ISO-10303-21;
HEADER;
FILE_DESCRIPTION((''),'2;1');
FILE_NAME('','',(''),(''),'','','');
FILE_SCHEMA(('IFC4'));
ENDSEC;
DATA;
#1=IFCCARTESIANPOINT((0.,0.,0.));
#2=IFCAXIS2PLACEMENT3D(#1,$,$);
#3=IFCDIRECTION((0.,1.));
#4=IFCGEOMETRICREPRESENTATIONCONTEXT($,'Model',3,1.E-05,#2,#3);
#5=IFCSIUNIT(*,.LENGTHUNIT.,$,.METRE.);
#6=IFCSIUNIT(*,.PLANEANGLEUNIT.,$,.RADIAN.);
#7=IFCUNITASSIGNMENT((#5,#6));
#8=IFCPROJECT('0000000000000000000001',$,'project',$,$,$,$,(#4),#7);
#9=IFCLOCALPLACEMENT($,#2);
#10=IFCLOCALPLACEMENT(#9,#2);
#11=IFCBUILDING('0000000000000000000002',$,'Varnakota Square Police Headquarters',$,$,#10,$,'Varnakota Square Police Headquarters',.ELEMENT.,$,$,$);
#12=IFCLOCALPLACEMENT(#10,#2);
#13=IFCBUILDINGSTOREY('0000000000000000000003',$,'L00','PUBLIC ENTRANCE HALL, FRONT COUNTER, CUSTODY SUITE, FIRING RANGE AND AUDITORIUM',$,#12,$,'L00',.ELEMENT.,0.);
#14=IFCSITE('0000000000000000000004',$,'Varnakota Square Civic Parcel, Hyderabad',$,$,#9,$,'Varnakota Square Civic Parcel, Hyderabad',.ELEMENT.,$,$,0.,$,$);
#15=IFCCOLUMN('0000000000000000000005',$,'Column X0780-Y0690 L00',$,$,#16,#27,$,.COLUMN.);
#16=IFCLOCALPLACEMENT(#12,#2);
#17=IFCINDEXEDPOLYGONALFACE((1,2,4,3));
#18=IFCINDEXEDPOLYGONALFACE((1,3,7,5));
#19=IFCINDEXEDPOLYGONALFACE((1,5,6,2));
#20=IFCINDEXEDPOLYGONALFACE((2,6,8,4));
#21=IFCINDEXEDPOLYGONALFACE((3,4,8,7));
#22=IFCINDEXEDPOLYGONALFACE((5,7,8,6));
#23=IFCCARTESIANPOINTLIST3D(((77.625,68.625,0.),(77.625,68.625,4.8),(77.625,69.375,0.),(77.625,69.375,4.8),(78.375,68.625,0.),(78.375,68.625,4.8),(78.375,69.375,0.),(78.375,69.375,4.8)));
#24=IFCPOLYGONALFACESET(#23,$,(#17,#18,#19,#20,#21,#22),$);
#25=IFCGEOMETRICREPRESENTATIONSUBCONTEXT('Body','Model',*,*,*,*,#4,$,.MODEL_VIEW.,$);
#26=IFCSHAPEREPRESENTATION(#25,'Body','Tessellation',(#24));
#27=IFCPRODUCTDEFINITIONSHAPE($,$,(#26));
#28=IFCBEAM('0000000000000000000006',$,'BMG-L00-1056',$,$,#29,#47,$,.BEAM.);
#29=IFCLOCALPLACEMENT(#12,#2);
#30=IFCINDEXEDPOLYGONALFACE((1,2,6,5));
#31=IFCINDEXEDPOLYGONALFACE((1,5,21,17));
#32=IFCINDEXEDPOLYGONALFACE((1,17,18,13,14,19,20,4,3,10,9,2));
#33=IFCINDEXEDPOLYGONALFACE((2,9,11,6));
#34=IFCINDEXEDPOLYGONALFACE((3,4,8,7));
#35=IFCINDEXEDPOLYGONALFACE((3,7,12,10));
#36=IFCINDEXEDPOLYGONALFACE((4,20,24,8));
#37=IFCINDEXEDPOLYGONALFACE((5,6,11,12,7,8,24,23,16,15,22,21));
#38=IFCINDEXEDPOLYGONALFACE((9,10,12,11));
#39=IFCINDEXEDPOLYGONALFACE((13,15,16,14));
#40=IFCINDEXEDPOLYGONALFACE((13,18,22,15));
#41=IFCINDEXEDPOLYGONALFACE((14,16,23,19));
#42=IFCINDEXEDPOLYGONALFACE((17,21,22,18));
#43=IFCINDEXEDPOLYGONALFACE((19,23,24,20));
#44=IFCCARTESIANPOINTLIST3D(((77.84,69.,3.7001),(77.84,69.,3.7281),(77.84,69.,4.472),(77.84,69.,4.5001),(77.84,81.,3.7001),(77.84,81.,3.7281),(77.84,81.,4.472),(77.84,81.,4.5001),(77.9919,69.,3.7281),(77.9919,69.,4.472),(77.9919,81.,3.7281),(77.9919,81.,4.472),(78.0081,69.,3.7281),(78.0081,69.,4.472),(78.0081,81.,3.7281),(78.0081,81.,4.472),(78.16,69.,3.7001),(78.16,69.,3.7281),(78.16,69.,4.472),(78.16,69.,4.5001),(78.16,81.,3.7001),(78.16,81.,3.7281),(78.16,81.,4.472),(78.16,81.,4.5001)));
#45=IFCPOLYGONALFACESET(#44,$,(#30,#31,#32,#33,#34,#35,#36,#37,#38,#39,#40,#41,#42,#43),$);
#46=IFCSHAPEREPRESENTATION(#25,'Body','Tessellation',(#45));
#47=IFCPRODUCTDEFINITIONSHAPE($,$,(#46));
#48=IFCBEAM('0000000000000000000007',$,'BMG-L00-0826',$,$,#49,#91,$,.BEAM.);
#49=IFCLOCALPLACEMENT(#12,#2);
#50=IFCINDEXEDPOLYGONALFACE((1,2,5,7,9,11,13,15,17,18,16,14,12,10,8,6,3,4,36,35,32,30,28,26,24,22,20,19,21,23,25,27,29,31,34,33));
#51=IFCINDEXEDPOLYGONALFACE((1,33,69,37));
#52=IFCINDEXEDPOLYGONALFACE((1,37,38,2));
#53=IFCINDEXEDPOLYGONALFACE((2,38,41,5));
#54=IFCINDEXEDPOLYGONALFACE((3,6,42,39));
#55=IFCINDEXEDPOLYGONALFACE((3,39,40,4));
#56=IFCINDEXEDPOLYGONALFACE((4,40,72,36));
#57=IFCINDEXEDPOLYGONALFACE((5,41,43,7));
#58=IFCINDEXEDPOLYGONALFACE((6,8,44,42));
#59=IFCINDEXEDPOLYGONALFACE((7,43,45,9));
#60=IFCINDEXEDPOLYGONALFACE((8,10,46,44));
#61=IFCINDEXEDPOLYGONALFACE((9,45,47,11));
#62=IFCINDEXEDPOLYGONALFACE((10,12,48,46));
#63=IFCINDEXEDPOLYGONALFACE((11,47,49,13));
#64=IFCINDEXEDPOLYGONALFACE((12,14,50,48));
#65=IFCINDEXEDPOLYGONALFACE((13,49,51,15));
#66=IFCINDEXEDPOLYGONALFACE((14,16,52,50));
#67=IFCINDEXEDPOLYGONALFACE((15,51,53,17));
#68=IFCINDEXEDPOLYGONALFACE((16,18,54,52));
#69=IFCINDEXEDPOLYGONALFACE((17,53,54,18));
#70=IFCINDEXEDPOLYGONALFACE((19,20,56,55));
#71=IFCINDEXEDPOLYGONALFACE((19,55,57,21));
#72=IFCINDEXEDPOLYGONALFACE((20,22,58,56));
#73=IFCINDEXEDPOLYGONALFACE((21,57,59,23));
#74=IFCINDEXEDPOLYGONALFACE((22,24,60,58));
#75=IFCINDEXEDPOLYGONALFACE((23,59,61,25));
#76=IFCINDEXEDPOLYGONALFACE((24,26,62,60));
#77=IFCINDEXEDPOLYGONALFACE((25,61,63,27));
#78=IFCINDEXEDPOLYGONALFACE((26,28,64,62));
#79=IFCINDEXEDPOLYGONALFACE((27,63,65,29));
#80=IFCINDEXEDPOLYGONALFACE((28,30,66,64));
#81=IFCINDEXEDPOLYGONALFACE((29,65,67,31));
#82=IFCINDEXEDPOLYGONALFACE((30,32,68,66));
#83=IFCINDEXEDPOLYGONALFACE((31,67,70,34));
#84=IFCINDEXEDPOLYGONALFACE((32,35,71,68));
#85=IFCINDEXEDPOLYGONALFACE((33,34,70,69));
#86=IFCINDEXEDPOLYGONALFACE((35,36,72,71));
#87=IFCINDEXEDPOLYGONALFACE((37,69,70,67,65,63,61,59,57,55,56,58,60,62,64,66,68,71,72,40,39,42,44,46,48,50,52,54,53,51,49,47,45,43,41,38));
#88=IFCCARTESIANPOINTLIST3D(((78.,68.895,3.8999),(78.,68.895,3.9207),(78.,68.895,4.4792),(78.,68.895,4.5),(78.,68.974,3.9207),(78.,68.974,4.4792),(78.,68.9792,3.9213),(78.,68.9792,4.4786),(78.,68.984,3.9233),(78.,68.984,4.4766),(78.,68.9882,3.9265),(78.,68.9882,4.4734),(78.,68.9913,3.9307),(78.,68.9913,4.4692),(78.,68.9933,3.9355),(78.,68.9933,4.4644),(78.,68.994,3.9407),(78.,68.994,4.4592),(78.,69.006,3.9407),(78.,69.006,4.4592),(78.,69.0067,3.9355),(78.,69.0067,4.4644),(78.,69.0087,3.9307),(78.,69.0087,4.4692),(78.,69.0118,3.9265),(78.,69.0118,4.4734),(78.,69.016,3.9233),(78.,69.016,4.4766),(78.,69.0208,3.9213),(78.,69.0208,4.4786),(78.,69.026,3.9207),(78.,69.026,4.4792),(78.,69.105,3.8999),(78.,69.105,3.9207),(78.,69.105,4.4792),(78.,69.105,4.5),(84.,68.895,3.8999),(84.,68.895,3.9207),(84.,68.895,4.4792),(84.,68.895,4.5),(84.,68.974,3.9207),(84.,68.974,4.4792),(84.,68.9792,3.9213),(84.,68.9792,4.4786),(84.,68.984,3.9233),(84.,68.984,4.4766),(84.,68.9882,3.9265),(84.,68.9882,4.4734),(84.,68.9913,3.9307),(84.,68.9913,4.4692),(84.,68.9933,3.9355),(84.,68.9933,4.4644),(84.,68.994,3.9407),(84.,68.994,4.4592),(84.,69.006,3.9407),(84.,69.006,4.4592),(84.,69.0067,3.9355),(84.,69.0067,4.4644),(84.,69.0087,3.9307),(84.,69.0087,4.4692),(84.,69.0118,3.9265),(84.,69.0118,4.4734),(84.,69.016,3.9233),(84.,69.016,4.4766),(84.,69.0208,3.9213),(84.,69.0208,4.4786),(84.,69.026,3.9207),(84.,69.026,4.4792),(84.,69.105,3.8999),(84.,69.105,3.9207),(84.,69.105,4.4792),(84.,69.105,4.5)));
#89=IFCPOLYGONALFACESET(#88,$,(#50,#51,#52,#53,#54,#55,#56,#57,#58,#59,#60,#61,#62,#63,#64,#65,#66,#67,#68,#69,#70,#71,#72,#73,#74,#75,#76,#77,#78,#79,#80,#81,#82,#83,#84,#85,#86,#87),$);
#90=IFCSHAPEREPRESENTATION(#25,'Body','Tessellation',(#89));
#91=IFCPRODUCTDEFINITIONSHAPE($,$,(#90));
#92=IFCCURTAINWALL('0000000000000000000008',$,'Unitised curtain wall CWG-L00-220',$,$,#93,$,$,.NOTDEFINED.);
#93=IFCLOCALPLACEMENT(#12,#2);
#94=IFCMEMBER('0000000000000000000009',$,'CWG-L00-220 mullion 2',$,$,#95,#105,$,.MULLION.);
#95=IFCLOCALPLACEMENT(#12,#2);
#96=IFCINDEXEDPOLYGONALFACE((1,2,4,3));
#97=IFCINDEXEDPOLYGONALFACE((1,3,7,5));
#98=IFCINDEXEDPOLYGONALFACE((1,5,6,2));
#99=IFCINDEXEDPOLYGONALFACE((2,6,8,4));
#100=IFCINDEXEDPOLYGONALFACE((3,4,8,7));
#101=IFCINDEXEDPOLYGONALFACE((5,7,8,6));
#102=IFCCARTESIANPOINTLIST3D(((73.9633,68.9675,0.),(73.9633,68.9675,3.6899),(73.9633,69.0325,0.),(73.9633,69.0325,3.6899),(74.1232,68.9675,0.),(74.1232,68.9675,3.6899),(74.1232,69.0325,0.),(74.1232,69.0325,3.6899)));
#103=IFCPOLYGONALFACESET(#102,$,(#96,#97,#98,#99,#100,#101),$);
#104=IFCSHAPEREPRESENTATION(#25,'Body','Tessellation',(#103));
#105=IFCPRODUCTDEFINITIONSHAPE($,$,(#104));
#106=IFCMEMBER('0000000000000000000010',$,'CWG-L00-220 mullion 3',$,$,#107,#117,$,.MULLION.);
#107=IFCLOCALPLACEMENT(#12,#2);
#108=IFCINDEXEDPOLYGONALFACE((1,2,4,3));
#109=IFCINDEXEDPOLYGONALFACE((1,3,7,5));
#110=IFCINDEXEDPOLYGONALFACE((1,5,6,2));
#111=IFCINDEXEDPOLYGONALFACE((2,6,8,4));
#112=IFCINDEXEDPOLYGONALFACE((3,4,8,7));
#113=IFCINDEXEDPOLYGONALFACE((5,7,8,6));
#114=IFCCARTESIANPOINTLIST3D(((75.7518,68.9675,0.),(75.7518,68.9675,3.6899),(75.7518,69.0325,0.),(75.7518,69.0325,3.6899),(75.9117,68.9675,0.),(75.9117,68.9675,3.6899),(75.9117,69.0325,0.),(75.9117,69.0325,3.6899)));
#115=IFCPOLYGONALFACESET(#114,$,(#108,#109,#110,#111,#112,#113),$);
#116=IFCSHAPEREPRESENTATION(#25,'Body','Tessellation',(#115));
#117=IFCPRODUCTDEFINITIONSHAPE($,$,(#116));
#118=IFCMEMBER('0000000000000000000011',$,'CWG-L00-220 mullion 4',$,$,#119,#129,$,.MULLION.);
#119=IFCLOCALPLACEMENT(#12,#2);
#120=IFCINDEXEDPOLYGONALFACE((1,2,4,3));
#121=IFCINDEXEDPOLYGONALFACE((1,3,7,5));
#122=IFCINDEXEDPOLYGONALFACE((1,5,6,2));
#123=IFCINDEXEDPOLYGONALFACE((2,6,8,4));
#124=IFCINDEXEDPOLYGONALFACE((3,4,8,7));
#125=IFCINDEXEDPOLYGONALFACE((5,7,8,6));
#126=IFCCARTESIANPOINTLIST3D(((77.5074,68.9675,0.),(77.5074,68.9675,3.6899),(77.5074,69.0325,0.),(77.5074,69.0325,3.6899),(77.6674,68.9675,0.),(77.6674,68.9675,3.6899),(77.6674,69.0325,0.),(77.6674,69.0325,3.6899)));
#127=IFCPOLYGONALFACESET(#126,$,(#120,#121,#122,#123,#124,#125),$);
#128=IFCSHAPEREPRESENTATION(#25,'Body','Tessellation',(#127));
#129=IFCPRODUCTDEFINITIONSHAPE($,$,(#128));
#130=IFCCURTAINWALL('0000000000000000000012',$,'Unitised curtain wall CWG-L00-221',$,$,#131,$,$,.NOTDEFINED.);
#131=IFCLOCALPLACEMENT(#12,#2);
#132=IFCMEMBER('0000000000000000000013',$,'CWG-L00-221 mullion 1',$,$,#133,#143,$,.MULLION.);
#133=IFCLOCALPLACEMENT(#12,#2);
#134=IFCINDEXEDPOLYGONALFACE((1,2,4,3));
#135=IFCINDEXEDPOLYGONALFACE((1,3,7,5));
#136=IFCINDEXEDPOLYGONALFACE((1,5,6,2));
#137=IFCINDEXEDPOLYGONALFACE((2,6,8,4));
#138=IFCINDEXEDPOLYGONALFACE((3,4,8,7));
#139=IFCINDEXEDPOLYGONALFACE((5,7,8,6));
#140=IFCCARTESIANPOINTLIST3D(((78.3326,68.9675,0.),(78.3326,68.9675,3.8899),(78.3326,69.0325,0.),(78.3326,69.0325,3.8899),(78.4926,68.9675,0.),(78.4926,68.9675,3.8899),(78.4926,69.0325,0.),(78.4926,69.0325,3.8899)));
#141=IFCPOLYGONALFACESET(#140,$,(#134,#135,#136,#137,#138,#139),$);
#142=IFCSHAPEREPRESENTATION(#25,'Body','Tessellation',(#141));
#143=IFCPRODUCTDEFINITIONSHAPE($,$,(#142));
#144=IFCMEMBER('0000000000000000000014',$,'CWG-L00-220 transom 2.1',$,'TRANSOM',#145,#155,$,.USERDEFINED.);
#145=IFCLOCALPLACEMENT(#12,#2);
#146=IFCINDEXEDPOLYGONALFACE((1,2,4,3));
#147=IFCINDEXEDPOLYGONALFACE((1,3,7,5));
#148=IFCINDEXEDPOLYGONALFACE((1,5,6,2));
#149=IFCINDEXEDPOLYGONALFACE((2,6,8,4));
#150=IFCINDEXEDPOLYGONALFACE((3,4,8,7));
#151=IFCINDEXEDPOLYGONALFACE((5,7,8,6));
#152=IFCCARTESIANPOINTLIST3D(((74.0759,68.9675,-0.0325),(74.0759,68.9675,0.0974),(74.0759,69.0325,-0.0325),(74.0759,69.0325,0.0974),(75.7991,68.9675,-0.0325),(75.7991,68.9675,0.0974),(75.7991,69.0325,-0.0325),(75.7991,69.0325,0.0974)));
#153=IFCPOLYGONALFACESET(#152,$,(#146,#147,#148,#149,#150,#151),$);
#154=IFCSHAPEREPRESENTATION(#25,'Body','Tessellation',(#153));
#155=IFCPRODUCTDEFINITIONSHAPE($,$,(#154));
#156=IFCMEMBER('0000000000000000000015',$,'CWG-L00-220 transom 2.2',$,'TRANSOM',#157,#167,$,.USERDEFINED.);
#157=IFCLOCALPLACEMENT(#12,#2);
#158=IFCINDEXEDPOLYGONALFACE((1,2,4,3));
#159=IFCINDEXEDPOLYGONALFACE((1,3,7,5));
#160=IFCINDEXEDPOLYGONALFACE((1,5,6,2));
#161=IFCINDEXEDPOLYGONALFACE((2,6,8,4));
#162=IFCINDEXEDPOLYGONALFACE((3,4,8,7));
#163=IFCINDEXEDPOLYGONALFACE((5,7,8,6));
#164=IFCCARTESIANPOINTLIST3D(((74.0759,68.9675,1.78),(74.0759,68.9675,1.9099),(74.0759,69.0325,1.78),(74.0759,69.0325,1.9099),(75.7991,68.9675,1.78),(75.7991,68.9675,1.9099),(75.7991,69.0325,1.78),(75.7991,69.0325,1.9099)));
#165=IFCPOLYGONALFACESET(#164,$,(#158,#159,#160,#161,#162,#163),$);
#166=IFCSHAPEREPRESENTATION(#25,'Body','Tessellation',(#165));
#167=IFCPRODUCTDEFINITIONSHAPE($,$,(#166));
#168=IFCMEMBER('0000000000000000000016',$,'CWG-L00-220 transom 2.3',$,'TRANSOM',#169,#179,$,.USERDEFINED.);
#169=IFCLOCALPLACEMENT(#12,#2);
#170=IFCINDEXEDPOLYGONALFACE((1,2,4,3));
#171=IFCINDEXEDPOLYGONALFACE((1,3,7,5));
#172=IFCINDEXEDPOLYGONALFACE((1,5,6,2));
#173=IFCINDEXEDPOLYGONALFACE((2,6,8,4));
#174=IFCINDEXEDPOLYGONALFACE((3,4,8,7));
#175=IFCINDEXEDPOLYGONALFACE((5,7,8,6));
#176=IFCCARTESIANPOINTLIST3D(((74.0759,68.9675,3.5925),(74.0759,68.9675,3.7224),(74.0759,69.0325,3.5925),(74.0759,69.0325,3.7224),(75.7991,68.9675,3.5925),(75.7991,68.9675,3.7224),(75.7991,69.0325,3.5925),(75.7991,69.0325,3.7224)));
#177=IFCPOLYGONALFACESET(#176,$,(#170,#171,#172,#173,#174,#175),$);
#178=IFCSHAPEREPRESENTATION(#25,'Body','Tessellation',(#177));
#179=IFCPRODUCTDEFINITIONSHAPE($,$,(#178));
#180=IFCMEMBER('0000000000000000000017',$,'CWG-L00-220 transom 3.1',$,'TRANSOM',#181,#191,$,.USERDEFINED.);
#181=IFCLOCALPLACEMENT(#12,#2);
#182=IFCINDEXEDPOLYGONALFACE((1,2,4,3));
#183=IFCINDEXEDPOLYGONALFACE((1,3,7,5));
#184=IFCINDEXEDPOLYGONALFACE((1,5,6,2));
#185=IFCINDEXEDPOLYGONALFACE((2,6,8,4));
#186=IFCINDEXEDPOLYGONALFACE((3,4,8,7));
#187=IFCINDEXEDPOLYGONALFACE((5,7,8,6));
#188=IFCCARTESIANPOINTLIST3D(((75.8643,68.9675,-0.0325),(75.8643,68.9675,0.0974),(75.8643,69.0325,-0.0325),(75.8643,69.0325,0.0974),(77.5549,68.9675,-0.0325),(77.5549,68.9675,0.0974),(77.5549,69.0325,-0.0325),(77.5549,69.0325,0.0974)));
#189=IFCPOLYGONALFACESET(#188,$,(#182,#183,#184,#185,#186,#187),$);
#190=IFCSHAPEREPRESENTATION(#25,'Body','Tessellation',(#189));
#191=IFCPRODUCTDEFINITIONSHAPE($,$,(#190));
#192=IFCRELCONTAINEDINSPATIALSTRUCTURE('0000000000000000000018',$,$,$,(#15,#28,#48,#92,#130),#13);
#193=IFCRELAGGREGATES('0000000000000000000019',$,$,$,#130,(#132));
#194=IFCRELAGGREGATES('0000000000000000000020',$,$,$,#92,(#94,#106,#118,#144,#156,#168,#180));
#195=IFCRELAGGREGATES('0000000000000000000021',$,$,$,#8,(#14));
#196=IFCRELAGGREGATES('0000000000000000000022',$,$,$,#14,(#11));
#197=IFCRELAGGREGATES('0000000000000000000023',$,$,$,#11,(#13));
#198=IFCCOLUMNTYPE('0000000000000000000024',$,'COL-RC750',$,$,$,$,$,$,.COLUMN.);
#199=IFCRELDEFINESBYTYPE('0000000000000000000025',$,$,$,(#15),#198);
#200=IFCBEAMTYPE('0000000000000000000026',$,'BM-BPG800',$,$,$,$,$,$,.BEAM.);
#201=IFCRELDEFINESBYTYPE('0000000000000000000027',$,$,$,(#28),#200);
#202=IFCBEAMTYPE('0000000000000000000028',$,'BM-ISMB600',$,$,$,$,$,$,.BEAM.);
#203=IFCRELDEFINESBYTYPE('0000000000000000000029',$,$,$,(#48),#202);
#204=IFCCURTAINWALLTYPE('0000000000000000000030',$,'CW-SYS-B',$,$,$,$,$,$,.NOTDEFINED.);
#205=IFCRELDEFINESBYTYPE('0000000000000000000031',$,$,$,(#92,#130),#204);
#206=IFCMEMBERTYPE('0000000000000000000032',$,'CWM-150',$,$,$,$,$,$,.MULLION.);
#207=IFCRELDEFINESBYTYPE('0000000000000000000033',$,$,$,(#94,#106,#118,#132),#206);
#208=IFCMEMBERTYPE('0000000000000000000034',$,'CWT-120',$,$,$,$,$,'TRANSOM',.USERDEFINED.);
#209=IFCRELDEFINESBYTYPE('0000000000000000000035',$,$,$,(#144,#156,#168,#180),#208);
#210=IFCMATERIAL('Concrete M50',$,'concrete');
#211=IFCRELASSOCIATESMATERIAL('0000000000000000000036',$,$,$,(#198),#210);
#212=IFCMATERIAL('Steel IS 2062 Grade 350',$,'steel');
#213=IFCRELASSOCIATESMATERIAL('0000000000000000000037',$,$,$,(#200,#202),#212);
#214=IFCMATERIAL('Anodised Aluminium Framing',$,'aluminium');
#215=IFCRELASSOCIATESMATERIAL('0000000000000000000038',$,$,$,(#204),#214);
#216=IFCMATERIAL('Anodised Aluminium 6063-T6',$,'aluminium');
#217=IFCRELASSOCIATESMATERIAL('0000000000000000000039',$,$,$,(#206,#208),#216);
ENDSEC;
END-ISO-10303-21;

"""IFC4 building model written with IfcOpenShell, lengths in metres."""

from ifc_helpers import new_model, si_unit, direction, frame, origin, origin_2d, place, context, subcontext, project, spatial, rectangle, i_section, extrude, material, material_profile, profile_set, type_object, element, aggregate, save


model = new_model("IFC4")

# Units and contexts
model_context = context("Model", 3, precision=1e-05, world=origin(), true_north=direction((0.0, 1.0)))
body_context = subcontext(model_context, "Body", "Model", "MODEL_VIEW")
ifc_project = project(units=[si_unit("LENGTHUNIT", "METRE"), si_unit("PLANEANGLEUNIT", "RADIAN")], contexts=[model_context])

# Site, building, storey
site_placement = place(None, origin())
site = spatial("IfcSite", under=ifc_project, at=site_placement, Name="Varnakota Square Civic Parcel, Hyderabad", LongName="Varnakota Square Civic Parcel, Hyderabad", CompositionType="ELEMENT", RefElevation=0.0)
building_placement = place(site_placement, origin())
building = spatial("IfcBuilding", under=site, at=building_placement, Name="Varnakota Square Police Headquarters", LongName="Varnakota Square Police Headquarters", CompositionType="ELEMENT")
storey_placement = place(building_placement, origin())
storey = spatial("IfcBuildingStorey", under=building, at=storey_placement, Name="L00", Description="PUBLIC ENTRANCE HALL, FRONT COUNTER, CUSTODY SUITE, FIRING RANGE AND AUDITORIUM", LongName="L00", CompositionType="ELEMENT", Elevation=0.0)

# Column
ifc_material_1 = material(Name="Concrete M50", Category="concrete")
ifc_material_profile_1 = material_profile(ifc_material_1, rectangle(XDim=0.75, YDim=0.75, at=origin_2d()), Name="RC 750x750")
ifc_profile_set_1 = profile_set([ifc_material_profile_1], Name="Concrete M50")
column_type = type_object("IfcColumnType", Name="COL-RC750", PredefinedType="COLUMN", material=ifc_profile_set_1)
column_placement = place(storey_placement, frame((78.0, 69.0, 0.0), z_axis=(0.0, 0.0, 1.0), x_axis=(1.0, 0.0, 0.0)))
element("IfcColumn", 1, at=column_placement, inside=storey, type_object=column_type, Name="Column X0780-Y0690 L00", PredefinedType="COLUMN", context=body_context, shape_type="SweptSolid", body=[
    extrude(rectangle(XDim=0.75, YDim=0.75, at=origin_2d()), origin(), (0.0, 0.0, 1.0), 4.8),
])

# Beams
ifc_material_2 = material(Name="Steel IS 2062 Grade 350", Category="steel")
ifc_material_profile_2 = material_profile(ifc_material_2, i_section(OverallWidth=0.3201, OverallDepth=0.8, WebThickness=0.0161, FlangeThickness=0.0281, at=origin_2d()), Name="BPG 800x320")
ifc_profile_set_2 = profile_set([ifc_material_profile_2], Name="Steel IS 2062 Grade 350")
beam_type_1 = type_object("IfcBeamType", Name="BM-BPG800", PredefinedType="BEAM", material=ifc_profile_set_2)
beam_1_placement = place(storey_placement, frame((78.0, 69.0, 4.1001), z_axis=(0.0, 1.0, 0.0), x_axis=(-1.0, 0.0, 0.0)))
element("IfcBeam", 2, at=beam_1_placement, inside=storey, type_object=beam_type_1, Name="BMG-L00-1056", PredefinedType="BEAM", context=body_context, shape_type="SweptSolid", body=[
    extrude(i_section(OverallWidth=0.3201, OverallDepth=0.8, WebThickness=0.0161, FlangeThickness=0.0281, at=origin_2d()), origin(), (0.0, 0.0, 1.0), 12.0),
])
ifc_material_profile_3 = material_profile(ifc_material_2, i_section(OverallWidth=0.21, OverallDepth=0.6001, WebThickness=0.012, FlangeThickness=0.0208, FilletRadius=0.02, at=origin_2d()), Name="ISMB 600")
ifc_profile_set_3 = profile_set([ifc_material_profile_3], Name="Steel IS 2062 Grade 350")
beam_type_2 = type_object("IfcBeamType", Name="BM-ISMB600", PredefinedType="BEAM", material=ifc_profile_set_3)
beam_2_placement = place(storey_placement, frame((78.0, 69.0, 4.2), z_axis=(1.0, 0.0, 0.0), x_axis=(0.0, 1.0, 0.0)))
element("IfcBeam", 3, at=beam_2_placement, inside=storey, type_object=beam_type_2, Name="BMG-L00-0826", PredefinedType="BEAM", context=body_context, shape_type="SweptSolid", body=[
    extrude(i_section(OverallWidth=0.21, OverallDepth=0.6001, WebThickness=0.012, FlangeThickness=0.0208, FilletRadius=0.02, at=origin_2d()), origin(), (0.0, 0.0, 1.0), 6.0),
])

# Curtain wall, members
ifc_material_3 = material(Name="Anodised Aluminium Framing", Category="aluminium")
curtain_wall_type = type_object("IfcCurtainWallType", Name="CW-SYS-B", PredefinedType="NOTDEFINED", material=ifc_material_3)
curtain_wall_1_placement = place(storey_placement, origin())
curtain_wall_1 = element("IfcCurtainWall", 4, at=curtain_wall_1_placement, inside=storey, type_object=curtain_wall_type, Name="Unitised curtain wall CWG-L00-220", PredefinedType="NOTDEFINED")
ifc_material_4 = material(Name="Anodised Aluminium 6063-T6", Category="aluminium")
ifc_material_profile_4 = material_profile(ifc_material_4, rectangle(XDim=0.0649, YDim=0.1599, at=origin_2d()), Name="ALU MULLION 65x160")
ifc_profile_set_4 = profile_set([ifc_material_profile_4], Name="Anodised Aluminium 6063-T6")
member_type_1 = type_object("IfcMemberType", Name="CWM-150", PredefinedType="MULLION", material=ifc_profile_set_4)
member_1_placement = place(storey_placement, frame((74.0432, 69.0, 0.0), z_axis=(0.0, 0.0, 1.0), x_axis=(0.0, 1.0, 0.0)))
member_1 = element("IfcMember", 5, at=member_1_placement, type_object=member_type_1, Name="CWG-L00-220 mullion 2", PredefinedType="MULLION", context=body_context, shape_type="SweptSolid", body=[
    extrude(rectangle(XDim=0.0649, YDim=0.1599, at=origin_2d()), origin(), (0.0, 0.0, 1.0), 3.6899),
])
member_2_placement = place(storey_placement, frame((75.8318, 69.0, 0.0), z_axis=(0.0, 0.0, 1.0), x_axis=(0.0, 1.0, 0.0)))
member_2 = element("IfcMember", 6, at=member_2_placement, type_object=member_type_1, Name="CWG-L00-220 mullion 3", PredefinedType="MULLION", context=body_context, shape_type="SweptSolid", body=[
    extrude(rectangle(XDim=0.0649, YDim=0.1599, at=origin_2d()), origin(), (0.0, 0.0, 1.0), 3.6899),
])
member_3_placement = place(storey_placement, frame((77.5874, 69.0, 0.0), z_axis=(0.0, 0.0, 1.0), x_axis=(0.0, 1.0, 0.0)))
member_3 = element("IfcMember", 7, at=member_3_placement, type_object=member_type_1, Name="CWG-L00-220 mullion 4", PredefinedType="MULLION", context=body_context, shape_type="SweptSolid", body=[
    extrude(rectangle(XDim=0.0649, YDim=0.1599, at=origin_2d()), origin(), (0.0, 0.0, 1.0), 3.6899),
])

# Curtain wall, member
curtain_wall_2_placement = place(storey_placement, origin())
curtain_wall_2 = element("IfcCurtainWall", 8, at=curtain_wall_2_placement, inside=storey, type_object=curtain_wall_type, Name="Unitised curtain wall CWG-L00-221", PredefinedType="NOTDEFINED")
member_4_placement = place(storey_placement, frame((78.4126, 69.0, 0.0), z_axis=(0.0, 0.0, 1.0), x_axis=(0.0, 1.0, 0.0)))
member_4 = element("IfcMember", 9, at=member_4_placement, type_object=member_type_1, Name="CWG-L00-221 mullion 1", PredefinedType="MULLION", context=body_context, shape_type="SweptSolid", body=[
    extrude(rectangle(XDim=0.0649, YDim=0.1599, at=origin_2d()), origin(), (0.0, 0.0, 1.0), 3.8899),
])

# Members
ifc_material_profile_5 = material_profile(ifc_material_4, rectangle(XDim=0.0649, YDim=0.1299, at=origin_2d()), Name="ALU TRANSOM 65x130")
ifc_profile_set_5 = profile_set([ifc_material_profile_5], Name="Anodised Aluminium 6063-T6")
member_type_2 = type_object("IfcMemberType", Name="CWT-120", ElementType="TRANSOM", PredefinedType="USERDEFINED", material=ifc_profile_set_5)
member_5_placement = place(storey_placement, frame((74.0759, 69.0, 0.0325), z_axis=(1.0, 0.0, 0.0), x_axis=(0.0, 1.0, 0.0)))
member_5 = element("IfcMember", 10, at=member_5_placement, type_object=member_type_2, Name="CWG-L00-220 transom 2.1", ObjectType="TRANSOM", PredefinedType="USERDEFINED", context=body_context, shape_type="SweptSolid", body=[
    extrude(rectangle(XDim=0.0649, YDim=0.1299, at=origin_2d()), origin(), (0.0, 0.0, 1.0), 1.7231),
])
member_6_placement = place(storey_placement, frame((74.0759, 69.0, 1.845), z_axis=(1.0, 0.0, 0.0), x_axis=(0.0, 1.0, 0.0)))
member_6 = element("IfcMember", 11, at=member_6_placement, type_object=member_type_2, Name="CWG-L00-220 transom 2.2", ObjectType="TRANSOM", PredefinedType="USERDEFINED", context=body_context, shape_type="SweptSolid", body=[
    extrude(rectangle(XDim=0.0649, YDim=0.1299, at=origin_2d()), origin(), (0.0, 0.0, 1.0), 1.7231),
])
member_7_placement = place(storey_placement, frame((74.0759, 69.0, 3.6575), z_axis=(1.0, 0.0, 0.0), x_axis=(0.0, 1.0, 0.0)))
member_7 = element("IfcMember", 12, at=member_7_placement, type_object=member_type_2, Name="CWG-L00-220 transom 2.3", ObjectType="TRANSOM", PredefinedType="USERDEFINED", context=body_context, shape_type="SweptSolid", body=[
    extrude(rectangle(XDim=0.0649, YDim=0.1299, at=origin_2d()), origin(), (0.0, 0.0, 1.0), 1.7231),
])
member_8_placement = place(storey_placement, frame((75.8643, 69.0, 0.0325), z_axis=(1.0, 0.0, 0.0), x_axis=(0.0, 1.0, 0.0)))
member_8 = element("IfcMember", 13, at=member_8_placement, type_object=member_type_2, Name="CWG-L00-220 transom 3.1", ObjectType="TRANSOM", PredefinedType="USERDEFINED", context=body_context, shape_type="SweptSolid", body=[
    extrude(rectangle(XDim=0.0649, YDim=0.1299, at=origin_2d()), origin(), (0.0, 0.0, 1.0), 1.6907),
])
aggregate(curtain_wall_2, [member_4])

aggregate(curtain_wall_1, [member_1, member_2, member_3, member_5, member_6, member_7, member_8])

save(model, "model.ifc")
